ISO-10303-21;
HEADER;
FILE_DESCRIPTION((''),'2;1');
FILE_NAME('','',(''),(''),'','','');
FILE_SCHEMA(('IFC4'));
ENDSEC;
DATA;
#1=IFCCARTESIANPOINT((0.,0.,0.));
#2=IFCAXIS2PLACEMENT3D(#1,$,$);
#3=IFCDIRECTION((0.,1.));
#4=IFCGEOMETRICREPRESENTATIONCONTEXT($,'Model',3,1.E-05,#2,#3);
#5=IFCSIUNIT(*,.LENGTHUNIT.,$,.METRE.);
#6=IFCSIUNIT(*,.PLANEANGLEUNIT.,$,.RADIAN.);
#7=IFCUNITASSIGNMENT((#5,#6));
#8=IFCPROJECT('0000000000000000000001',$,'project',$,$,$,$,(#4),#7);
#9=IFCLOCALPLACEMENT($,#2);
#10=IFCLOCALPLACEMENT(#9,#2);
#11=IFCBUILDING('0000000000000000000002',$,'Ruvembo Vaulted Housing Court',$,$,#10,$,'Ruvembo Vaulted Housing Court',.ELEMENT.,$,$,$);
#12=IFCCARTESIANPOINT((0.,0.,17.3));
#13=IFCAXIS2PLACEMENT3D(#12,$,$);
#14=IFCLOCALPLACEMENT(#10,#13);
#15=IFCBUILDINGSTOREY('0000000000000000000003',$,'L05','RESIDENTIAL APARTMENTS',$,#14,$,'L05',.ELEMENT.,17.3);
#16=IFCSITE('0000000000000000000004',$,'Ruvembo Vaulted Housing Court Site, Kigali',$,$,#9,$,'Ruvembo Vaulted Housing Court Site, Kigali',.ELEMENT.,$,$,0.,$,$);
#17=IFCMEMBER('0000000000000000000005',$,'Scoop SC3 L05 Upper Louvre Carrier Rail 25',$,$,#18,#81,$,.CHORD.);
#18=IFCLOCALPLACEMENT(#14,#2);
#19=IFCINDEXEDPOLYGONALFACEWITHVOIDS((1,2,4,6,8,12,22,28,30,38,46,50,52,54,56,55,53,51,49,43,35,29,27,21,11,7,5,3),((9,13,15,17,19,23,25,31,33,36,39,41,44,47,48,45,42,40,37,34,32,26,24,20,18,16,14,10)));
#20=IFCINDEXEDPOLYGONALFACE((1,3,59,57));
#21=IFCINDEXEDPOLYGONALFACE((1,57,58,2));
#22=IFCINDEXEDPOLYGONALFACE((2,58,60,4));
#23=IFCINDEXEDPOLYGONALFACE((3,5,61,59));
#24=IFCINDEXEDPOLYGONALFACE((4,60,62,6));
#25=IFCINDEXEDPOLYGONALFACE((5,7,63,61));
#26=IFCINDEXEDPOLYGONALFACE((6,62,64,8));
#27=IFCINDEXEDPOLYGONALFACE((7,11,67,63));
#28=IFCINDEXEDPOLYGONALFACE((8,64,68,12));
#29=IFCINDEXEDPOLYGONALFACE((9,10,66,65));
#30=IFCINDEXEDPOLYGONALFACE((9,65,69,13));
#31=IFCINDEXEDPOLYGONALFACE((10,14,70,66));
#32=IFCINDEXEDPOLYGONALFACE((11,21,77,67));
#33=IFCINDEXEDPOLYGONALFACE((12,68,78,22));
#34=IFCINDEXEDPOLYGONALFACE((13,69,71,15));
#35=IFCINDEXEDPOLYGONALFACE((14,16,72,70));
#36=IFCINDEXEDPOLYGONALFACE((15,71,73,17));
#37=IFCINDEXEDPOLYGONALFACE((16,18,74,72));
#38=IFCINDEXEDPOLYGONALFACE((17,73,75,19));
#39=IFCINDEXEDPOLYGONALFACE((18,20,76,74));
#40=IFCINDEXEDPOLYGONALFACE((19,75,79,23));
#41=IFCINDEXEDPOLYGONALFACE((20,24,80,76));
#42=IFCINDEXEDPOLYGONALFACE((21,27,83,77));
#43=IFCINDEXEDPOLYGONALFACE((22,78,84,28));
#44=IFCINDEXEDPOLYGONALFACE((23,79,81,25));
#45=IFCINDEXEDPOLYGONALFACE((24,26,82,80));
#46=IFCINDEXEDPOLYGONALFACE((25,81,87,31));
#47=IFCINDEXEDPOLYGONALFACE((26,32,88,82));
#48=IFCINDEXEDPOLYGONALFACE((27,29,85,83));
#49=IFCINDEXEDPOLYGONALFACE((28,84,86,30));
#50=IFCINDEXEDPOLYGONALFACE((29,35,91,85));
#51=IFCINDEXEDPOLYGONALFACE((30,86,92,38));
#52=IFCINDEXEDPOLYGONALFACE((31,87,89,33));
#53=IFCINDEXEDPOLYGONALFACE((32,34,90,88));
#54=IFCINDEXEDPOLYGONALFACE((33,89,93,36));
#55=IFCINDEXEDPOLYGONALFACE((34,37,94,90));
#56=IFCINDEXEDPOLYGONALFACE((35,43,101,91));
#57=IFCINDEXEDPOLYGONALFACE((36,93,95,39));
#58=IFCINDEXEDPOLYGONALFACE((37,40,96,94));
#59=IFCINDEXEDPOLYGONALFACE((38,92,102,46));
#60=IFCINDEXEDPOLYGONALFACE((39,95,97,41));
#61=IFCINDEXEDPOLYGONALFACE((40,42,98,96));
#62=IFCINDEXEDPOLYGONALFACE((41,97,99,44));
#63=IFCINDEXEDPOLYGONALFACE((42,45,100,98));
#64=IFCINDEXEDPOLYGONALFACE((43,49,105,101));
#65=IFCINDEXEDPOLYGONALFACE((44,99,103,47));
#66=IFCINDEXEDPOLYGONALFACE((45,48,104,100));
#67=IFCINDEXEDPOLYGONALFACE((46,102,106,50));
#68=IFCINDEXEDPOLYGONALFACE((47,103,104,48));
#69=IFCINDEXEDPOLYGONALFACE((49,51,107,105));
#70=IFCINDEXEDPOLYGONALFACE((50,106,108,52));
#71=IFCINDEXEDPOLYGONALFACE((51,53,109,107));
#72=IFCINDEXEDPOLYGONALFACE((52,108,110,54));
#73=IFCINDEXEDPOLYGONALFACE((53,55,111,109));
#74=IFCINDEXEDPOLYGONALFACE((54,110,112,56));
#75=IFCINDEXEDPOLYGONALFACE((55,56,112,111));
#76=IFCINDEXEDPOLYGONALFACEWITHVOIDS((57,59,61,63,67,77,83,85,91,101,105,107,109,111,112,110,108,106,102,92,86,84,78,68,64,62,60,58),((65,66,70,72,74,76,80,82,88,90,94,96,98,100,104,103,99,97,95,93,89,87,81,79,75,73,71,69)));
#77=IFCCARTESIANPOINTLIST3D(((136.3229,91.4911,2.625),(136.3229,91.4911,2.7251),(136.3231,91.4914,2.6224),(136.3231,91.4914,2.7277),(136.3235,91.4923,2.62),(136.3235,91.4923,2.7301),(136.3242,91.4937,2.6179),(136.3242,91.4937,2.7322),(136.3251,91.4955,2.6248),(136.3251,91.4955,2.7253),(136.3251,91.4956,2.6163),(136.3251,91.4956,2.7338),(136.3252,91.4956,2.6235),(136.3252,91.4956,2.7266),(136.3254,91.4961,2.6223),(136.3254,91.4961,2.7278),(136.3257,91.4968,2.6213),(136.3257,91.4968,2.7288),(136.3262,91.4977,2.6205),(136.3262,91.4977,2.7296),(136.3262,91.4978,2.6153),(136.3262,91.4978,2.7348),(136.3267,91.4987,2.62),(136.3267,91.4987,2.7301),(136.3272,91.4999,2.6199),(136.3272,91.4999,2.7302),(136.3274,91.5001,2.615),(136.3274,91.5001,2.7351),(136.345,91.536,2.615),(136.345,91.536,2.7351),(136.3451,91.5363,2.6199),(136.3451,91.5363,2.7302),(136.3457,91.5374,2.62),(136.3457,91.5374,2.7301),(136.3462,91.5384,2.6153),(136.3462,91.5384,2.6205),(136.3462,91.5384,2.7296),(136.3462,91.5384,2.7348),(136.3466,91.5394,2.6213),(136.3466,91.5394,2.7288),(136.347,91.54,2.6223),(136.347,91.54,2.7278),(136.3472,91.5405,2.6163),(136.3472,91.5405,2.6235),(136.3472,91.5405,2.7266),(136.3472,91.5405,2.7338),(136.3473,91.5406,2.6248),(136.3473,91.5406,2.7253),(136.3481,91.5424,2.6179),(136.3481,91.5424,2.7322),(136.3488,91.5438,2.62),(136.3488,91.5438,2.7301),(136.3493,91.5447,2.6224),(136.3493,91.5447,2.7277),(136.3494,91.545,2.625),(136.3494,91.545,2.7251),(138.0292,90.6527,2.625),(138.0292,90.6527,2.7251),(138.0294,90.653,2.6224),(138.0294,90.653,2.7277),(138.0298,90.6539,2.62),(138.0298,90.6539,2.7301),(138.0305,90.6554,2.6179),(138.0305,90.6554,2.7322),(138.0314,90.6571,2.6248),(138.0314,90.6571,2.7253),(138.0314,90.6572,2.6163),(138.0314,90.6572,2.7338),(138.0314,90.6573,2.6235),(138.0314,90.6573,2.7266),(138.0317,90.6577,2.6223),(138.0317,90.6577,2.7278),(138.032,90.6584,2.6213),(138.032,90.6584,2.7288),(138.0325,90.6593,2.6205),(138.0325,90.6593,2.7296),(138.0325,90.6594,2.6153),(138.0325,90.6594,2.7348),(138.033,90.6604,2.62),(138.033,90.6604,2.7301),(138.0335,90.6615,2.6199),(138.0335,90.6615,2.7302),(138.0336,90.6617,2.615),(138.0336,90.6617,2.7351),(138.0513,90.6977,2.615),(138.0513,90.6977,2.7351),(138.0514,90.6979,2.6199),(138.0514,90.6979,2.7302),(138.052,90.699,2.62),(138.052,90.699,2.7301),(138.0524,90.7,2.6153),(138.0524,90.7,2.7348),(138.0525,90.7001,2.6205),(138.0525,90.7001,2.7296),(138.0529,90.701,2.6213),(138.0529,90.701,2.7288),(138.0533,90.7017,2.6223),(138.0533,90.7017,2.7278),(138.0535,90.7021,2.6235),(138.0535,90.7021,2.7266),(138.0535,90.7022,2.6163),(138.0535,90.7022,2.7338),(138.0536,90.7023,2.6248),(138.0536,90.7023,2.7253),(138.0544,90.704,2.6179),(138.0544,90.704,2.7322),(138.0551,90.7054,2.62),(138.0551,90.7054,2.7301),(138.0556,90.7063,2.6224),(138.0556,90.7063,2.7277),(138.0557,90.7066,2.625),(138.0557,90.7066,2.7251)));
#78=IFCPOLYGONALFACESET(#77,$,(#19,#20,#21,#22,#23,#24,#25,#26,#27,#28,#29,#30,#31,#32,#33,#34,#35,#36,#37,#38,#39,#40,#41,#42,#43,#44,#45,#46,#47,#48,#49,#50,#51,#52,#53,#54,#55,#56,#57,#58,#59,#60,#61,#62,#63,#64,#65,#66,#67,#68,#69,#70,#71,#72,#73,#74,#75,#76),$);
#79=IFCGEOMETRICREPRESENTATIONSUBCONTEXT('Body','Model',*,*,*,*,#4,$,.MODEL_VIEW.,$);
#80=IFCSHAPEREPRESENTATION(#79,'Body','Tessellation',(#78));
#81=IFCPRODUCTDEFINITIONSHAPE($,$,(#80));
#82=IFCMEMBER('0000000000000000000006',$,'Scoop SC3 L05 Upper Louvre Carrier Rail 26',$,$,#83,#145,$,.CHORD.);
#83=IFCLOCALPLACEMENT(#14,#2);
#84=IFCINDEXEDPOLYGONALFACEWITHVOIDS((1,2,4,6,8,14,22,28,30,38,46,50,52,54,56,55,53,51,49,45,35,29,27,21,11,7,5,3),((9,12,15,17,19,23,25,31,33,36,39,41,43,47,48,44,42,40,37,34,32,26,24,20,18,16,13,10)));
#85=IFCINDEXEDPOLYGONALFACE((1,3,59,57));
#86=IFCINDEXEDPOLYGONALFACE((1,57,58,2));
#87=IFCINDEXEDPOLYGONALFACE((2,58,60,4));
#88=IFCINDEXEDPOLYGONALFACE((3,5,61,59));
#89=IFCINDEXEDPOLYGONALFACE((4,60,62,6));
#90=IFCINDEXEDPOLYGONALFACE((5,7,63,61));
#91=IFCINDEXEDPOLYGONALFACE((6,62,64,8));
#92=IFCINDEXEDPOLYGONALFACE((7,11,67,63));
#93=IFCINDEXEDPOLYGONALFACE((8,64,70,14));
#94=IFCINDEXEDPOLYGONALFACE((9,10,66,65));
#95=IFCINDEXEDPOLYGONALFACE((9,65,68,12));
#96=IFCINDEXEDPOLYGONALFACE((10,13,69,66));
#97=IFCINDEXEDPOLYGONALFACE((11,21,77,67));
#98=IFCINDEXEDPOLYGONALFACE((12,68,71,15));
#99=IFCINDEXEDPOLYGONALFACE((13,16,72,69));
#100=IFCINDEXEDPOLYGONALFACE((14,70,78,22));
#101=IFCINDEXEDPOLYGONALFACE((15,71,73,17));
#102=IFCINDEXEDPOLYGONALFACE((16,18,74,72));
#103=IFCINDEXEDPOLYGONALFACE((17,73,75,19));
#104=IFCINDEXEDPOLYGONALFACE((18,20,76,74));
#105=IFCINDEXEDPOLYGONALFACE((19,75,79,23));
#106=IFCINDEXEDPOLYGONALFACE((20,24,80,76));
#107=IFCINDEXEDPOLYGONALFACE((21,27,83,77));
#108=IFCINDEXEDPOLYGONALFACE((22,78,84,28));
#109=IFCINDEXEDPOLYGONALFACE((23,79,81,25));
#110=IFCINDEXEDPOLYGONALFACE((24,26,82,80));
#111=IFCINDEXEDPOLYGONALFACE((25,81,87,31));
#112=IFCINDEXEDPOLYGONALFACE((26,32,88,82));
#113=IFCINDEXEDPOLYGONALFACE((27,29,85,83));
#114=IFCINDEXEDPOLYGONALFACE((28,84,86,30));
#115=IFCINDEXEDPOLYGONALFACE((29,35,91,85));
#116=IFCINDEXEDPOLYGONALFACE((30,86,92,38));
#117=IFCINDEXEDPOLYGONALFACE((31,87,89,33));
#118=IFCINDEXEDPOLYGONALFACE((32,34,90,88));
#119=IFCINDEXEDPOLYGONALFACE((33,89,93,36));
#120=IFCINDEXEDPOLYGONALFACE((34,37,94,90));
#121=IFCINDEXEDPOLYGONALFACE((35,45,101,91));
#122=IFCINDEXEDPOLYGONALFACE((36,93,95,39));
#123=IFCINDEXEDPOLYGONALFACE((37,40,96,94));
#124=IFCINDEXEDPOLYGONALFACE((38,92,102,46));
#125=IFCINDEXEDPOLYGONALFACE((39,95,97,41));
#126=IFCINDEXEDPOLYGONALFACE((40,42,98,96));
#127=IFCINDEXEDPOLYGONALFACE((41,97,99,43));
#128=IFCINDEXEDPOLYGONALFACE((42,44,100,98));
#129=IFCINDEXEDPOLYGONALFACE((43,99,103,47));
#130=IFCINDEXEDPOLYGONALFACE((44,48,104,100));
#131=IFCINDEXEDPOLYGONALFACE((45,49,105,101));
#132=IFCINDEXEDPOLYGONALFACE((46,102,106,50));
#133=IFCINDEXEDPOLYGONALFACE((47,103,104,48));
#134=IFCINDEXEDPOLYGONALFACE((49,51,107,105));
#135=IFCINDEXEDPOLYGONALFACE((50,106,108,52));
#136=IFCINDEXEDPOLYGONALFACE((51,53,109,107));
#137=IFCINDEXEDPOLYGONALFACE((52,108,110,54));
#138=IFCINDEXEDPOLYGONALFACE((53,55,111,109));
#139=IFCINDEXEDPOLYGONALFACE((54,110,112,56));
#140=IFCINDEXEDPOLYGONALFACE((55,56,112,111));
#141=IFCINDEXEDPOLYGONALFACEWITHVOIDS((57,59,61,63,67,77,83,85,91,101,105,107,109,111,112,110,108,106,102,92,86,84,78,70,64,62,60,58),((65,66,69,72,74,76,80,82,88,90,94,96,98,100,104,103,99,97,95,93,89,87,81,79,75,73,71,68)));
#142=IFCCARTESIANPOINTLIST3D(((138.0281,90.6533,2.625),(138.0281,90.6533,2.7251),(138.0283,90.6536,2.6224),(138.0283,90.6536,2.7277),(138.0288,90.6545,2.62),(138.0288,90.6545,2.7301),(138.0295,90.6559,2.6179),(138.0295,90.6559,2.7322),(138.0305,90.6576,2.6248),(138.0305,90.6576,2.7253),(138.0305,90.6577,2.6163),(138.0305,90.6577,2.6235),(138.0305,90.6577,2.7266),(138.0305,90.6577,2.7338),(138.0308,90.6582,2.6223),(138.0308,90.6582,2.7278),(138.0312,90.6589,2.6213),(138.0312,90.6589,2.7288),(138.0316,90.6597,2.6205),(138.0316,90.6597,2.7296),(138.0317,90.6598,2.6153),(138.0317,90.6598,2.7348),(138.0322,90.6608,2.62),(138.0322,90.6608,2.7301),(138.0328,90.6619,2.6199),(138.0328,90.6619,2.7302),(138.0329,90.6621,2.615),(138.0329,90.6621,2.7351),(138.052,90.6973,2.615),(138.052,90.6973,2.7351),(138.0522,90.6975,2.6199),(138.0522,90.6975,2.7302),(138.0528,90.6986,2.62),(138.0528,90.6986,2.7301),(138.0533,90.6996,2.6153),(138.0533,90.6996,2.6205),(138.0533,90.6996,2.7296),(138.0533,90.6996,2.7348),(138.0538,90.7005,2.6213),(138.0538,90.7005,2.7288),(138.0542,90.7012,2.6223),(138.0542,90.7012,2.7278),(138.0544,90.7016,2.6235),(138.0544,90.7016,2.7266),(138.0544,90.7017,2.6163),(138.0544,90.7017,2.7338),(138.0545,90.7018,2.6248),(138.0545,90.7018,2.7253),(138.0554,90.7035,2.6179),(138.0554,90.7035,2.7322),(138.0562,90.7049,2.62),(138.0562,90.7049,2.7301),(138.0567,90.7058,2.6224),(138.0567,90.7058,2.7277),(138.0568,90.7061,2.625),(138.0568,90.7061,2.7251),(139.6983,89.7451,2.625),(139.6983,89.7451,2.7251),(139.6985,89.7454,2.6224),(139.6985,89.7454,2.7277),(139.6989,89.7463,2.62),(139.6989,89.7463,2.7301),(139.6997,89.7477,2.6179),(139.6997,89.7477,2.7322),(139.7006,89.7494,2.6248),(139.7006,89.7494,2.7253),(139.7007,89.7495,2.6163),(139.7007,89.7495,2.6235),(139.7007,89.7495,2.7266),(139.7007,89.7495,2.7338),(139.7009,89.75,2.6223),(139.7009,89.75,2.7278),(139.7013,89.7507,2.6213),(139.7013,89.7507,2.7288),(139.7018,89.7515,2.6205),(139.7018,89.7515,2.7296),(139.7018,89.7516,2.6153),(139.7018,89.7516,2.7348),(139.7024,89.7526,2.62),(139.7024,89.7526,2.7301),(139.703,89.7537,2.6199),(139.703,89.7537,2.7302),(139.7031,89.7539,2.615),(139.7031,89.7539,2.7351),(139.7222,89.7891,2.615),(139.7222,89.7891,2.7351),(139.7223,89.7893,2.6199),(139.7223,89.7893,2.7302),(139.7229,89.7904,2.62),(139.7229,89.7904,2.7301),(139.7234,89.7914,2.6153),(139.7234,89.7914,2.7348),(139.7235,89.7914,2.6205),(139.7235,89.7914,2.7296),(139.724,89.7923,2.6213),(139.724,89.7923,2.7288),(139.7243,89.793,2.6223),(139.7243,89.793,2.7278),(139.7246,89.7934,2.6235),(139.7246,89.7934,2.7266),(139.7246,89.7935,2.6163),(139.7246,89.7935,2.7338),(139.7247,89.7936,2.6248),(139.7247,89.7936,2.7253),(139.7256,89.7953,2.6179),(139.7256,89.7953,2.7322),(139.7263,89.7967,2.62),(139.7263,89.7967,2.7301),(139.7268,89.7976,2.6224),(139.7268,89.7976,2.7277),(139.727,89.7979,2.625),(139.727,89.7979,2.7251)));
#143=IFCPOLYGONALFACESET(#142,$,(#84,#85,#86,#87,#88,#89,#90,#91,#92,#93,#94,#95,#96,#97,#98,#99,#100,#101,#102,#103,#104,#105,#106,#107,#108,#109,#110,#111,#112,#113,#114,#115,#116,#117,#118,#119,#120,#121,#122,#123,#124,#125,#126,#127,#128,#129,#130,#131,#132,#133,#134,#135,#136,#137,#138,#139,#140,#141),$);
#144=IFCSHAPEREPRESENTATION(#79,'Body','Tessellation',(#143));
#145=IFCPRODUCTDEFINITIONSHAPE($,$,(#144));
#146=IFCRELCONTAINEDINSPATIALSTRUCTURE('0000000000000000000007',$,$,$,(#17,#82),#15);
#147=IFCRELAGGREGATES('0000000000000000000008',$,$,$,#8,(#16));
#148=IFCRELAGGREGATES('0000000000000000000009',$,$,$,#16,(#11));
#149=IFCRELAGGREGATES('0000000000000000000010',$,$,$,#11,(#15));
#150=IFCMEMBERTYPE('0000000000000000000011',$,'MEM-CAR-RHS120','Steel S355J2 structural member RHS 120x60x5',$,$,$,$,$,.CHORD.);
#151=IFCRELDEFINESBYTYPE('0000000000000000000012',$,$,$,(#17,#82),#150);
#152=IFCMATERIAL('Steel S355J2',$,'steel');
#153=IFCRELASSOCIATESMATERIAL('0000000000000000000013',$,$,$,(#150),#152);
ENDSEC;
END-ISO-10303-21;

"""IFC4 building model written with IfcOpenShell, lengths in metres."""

from ifc_helpers import new_model, si_unit, direction, frame, origin, origin_2d, place, context, subcontext, project, spatial, hollow_rectangle, extrude, material, material_profile, profile_set, type_object, element, save


model = new_model("IFC4")

# Units and contexts
model_context = context("Model", 3, precision=1e-05, world=origin(), true_north=direction((0.0, 1.0)))
body_context = subcontext(model_context, "Body", "Model", "MODEL_VIEW")
ifc_project = project(units=[si_unit("LENGTHUNIT", "METRE"), si_unit("PLANEANGLEUNIT", "RADIAN")], contexts=[model_context])

# Site, building, storey
site_placement = place(None, origin())
site = spatial("IfcSite", under=ifc_project, at=site_placement, Name="Ruvembo Vaulted Housing Court Site, Kigali", LongName="Ruvembo Vaulted Housing Court Site, Kigali", CompositionType="ELEMENT", RefElevation=0.0)
building_placement = place(site_placement, origin())
building = spatial("IfcBuilding", under=site, at=building_placement, Name="Ruvembo Vaulted Housing Court", LongName="Ruvembo Vaulted Housing Court", CompositionType="ELEMENT")
storey_placement = place(building_placement, frame((0.0, 0.0, 17.3)))
storey = spatial("IfcBuildingStorey", under=building, at=storey_placement, Name="L05", Description="RESIDENTIAL APARTMENTS", LongName="L05", CompositionType="ELEMENT", Elevation=17.3)

# Shared definitions
ifc_material_1 = material(Name="Steel S355J2", Category="steel")

# Members
ifc_material_profile_1 = material_profile(ifc_material_1, hollow_rectangle(XDim=0.0601, YDim=0.1201, WallThickness=0.0049, InnerFilletRadius=0.0049, OuterFilletRadius=0.01, at=origin_2d()), Name="RHS 120x60x5")
ifc_profile_set_1 = profile_set([ifc_material_profile_1], Name="Steel S355J2")
member_type_1 = type_object("IfcMemberType", Name="MEM-CAR-RHS120", Description="Steel S355J2 structural member RHS 120x60x5", PredefinedType="CHORD", material=ifc_profile_set_1)
for number, where, z_axis, x_axis, name in (
    (1, (136.3362, 91.5181, 2.675), (0.897513, -0.440987, 0.0), (0.440987, 0.897513, 0.0), "Scoop SC3 L05 Upper Louvre Carrier Rail 25"),
    (2, (138.0425, 90.6797, 2.675), (0.878513, -0.477718, 0.0), (0.477718, 0.878513, 0.0), "Scoop SC3 L05 Upper Louvre Carrier Rail 26"),
):
    element("IfcMember", number, at=place(storey_placement, frame(where, z_axis=z_axis, x_axis=x_axis)), inside=storey, type_object=member_type_1, Name=name, PredefinedType="CHORD", context=body_context, shape_type="SweptSolid", body=[
        extrude(hollow_rectangle(XDim=0.0601, YDim=0.1201, WallThickness=0.0049, InnerFilletRadius=0.0049, OuterFilletRadius=0.01, at=origin_2d()), origin(), (0.0, 0.0, 1.0), 1.9011),
    ])

save(model, "model.ifc")
